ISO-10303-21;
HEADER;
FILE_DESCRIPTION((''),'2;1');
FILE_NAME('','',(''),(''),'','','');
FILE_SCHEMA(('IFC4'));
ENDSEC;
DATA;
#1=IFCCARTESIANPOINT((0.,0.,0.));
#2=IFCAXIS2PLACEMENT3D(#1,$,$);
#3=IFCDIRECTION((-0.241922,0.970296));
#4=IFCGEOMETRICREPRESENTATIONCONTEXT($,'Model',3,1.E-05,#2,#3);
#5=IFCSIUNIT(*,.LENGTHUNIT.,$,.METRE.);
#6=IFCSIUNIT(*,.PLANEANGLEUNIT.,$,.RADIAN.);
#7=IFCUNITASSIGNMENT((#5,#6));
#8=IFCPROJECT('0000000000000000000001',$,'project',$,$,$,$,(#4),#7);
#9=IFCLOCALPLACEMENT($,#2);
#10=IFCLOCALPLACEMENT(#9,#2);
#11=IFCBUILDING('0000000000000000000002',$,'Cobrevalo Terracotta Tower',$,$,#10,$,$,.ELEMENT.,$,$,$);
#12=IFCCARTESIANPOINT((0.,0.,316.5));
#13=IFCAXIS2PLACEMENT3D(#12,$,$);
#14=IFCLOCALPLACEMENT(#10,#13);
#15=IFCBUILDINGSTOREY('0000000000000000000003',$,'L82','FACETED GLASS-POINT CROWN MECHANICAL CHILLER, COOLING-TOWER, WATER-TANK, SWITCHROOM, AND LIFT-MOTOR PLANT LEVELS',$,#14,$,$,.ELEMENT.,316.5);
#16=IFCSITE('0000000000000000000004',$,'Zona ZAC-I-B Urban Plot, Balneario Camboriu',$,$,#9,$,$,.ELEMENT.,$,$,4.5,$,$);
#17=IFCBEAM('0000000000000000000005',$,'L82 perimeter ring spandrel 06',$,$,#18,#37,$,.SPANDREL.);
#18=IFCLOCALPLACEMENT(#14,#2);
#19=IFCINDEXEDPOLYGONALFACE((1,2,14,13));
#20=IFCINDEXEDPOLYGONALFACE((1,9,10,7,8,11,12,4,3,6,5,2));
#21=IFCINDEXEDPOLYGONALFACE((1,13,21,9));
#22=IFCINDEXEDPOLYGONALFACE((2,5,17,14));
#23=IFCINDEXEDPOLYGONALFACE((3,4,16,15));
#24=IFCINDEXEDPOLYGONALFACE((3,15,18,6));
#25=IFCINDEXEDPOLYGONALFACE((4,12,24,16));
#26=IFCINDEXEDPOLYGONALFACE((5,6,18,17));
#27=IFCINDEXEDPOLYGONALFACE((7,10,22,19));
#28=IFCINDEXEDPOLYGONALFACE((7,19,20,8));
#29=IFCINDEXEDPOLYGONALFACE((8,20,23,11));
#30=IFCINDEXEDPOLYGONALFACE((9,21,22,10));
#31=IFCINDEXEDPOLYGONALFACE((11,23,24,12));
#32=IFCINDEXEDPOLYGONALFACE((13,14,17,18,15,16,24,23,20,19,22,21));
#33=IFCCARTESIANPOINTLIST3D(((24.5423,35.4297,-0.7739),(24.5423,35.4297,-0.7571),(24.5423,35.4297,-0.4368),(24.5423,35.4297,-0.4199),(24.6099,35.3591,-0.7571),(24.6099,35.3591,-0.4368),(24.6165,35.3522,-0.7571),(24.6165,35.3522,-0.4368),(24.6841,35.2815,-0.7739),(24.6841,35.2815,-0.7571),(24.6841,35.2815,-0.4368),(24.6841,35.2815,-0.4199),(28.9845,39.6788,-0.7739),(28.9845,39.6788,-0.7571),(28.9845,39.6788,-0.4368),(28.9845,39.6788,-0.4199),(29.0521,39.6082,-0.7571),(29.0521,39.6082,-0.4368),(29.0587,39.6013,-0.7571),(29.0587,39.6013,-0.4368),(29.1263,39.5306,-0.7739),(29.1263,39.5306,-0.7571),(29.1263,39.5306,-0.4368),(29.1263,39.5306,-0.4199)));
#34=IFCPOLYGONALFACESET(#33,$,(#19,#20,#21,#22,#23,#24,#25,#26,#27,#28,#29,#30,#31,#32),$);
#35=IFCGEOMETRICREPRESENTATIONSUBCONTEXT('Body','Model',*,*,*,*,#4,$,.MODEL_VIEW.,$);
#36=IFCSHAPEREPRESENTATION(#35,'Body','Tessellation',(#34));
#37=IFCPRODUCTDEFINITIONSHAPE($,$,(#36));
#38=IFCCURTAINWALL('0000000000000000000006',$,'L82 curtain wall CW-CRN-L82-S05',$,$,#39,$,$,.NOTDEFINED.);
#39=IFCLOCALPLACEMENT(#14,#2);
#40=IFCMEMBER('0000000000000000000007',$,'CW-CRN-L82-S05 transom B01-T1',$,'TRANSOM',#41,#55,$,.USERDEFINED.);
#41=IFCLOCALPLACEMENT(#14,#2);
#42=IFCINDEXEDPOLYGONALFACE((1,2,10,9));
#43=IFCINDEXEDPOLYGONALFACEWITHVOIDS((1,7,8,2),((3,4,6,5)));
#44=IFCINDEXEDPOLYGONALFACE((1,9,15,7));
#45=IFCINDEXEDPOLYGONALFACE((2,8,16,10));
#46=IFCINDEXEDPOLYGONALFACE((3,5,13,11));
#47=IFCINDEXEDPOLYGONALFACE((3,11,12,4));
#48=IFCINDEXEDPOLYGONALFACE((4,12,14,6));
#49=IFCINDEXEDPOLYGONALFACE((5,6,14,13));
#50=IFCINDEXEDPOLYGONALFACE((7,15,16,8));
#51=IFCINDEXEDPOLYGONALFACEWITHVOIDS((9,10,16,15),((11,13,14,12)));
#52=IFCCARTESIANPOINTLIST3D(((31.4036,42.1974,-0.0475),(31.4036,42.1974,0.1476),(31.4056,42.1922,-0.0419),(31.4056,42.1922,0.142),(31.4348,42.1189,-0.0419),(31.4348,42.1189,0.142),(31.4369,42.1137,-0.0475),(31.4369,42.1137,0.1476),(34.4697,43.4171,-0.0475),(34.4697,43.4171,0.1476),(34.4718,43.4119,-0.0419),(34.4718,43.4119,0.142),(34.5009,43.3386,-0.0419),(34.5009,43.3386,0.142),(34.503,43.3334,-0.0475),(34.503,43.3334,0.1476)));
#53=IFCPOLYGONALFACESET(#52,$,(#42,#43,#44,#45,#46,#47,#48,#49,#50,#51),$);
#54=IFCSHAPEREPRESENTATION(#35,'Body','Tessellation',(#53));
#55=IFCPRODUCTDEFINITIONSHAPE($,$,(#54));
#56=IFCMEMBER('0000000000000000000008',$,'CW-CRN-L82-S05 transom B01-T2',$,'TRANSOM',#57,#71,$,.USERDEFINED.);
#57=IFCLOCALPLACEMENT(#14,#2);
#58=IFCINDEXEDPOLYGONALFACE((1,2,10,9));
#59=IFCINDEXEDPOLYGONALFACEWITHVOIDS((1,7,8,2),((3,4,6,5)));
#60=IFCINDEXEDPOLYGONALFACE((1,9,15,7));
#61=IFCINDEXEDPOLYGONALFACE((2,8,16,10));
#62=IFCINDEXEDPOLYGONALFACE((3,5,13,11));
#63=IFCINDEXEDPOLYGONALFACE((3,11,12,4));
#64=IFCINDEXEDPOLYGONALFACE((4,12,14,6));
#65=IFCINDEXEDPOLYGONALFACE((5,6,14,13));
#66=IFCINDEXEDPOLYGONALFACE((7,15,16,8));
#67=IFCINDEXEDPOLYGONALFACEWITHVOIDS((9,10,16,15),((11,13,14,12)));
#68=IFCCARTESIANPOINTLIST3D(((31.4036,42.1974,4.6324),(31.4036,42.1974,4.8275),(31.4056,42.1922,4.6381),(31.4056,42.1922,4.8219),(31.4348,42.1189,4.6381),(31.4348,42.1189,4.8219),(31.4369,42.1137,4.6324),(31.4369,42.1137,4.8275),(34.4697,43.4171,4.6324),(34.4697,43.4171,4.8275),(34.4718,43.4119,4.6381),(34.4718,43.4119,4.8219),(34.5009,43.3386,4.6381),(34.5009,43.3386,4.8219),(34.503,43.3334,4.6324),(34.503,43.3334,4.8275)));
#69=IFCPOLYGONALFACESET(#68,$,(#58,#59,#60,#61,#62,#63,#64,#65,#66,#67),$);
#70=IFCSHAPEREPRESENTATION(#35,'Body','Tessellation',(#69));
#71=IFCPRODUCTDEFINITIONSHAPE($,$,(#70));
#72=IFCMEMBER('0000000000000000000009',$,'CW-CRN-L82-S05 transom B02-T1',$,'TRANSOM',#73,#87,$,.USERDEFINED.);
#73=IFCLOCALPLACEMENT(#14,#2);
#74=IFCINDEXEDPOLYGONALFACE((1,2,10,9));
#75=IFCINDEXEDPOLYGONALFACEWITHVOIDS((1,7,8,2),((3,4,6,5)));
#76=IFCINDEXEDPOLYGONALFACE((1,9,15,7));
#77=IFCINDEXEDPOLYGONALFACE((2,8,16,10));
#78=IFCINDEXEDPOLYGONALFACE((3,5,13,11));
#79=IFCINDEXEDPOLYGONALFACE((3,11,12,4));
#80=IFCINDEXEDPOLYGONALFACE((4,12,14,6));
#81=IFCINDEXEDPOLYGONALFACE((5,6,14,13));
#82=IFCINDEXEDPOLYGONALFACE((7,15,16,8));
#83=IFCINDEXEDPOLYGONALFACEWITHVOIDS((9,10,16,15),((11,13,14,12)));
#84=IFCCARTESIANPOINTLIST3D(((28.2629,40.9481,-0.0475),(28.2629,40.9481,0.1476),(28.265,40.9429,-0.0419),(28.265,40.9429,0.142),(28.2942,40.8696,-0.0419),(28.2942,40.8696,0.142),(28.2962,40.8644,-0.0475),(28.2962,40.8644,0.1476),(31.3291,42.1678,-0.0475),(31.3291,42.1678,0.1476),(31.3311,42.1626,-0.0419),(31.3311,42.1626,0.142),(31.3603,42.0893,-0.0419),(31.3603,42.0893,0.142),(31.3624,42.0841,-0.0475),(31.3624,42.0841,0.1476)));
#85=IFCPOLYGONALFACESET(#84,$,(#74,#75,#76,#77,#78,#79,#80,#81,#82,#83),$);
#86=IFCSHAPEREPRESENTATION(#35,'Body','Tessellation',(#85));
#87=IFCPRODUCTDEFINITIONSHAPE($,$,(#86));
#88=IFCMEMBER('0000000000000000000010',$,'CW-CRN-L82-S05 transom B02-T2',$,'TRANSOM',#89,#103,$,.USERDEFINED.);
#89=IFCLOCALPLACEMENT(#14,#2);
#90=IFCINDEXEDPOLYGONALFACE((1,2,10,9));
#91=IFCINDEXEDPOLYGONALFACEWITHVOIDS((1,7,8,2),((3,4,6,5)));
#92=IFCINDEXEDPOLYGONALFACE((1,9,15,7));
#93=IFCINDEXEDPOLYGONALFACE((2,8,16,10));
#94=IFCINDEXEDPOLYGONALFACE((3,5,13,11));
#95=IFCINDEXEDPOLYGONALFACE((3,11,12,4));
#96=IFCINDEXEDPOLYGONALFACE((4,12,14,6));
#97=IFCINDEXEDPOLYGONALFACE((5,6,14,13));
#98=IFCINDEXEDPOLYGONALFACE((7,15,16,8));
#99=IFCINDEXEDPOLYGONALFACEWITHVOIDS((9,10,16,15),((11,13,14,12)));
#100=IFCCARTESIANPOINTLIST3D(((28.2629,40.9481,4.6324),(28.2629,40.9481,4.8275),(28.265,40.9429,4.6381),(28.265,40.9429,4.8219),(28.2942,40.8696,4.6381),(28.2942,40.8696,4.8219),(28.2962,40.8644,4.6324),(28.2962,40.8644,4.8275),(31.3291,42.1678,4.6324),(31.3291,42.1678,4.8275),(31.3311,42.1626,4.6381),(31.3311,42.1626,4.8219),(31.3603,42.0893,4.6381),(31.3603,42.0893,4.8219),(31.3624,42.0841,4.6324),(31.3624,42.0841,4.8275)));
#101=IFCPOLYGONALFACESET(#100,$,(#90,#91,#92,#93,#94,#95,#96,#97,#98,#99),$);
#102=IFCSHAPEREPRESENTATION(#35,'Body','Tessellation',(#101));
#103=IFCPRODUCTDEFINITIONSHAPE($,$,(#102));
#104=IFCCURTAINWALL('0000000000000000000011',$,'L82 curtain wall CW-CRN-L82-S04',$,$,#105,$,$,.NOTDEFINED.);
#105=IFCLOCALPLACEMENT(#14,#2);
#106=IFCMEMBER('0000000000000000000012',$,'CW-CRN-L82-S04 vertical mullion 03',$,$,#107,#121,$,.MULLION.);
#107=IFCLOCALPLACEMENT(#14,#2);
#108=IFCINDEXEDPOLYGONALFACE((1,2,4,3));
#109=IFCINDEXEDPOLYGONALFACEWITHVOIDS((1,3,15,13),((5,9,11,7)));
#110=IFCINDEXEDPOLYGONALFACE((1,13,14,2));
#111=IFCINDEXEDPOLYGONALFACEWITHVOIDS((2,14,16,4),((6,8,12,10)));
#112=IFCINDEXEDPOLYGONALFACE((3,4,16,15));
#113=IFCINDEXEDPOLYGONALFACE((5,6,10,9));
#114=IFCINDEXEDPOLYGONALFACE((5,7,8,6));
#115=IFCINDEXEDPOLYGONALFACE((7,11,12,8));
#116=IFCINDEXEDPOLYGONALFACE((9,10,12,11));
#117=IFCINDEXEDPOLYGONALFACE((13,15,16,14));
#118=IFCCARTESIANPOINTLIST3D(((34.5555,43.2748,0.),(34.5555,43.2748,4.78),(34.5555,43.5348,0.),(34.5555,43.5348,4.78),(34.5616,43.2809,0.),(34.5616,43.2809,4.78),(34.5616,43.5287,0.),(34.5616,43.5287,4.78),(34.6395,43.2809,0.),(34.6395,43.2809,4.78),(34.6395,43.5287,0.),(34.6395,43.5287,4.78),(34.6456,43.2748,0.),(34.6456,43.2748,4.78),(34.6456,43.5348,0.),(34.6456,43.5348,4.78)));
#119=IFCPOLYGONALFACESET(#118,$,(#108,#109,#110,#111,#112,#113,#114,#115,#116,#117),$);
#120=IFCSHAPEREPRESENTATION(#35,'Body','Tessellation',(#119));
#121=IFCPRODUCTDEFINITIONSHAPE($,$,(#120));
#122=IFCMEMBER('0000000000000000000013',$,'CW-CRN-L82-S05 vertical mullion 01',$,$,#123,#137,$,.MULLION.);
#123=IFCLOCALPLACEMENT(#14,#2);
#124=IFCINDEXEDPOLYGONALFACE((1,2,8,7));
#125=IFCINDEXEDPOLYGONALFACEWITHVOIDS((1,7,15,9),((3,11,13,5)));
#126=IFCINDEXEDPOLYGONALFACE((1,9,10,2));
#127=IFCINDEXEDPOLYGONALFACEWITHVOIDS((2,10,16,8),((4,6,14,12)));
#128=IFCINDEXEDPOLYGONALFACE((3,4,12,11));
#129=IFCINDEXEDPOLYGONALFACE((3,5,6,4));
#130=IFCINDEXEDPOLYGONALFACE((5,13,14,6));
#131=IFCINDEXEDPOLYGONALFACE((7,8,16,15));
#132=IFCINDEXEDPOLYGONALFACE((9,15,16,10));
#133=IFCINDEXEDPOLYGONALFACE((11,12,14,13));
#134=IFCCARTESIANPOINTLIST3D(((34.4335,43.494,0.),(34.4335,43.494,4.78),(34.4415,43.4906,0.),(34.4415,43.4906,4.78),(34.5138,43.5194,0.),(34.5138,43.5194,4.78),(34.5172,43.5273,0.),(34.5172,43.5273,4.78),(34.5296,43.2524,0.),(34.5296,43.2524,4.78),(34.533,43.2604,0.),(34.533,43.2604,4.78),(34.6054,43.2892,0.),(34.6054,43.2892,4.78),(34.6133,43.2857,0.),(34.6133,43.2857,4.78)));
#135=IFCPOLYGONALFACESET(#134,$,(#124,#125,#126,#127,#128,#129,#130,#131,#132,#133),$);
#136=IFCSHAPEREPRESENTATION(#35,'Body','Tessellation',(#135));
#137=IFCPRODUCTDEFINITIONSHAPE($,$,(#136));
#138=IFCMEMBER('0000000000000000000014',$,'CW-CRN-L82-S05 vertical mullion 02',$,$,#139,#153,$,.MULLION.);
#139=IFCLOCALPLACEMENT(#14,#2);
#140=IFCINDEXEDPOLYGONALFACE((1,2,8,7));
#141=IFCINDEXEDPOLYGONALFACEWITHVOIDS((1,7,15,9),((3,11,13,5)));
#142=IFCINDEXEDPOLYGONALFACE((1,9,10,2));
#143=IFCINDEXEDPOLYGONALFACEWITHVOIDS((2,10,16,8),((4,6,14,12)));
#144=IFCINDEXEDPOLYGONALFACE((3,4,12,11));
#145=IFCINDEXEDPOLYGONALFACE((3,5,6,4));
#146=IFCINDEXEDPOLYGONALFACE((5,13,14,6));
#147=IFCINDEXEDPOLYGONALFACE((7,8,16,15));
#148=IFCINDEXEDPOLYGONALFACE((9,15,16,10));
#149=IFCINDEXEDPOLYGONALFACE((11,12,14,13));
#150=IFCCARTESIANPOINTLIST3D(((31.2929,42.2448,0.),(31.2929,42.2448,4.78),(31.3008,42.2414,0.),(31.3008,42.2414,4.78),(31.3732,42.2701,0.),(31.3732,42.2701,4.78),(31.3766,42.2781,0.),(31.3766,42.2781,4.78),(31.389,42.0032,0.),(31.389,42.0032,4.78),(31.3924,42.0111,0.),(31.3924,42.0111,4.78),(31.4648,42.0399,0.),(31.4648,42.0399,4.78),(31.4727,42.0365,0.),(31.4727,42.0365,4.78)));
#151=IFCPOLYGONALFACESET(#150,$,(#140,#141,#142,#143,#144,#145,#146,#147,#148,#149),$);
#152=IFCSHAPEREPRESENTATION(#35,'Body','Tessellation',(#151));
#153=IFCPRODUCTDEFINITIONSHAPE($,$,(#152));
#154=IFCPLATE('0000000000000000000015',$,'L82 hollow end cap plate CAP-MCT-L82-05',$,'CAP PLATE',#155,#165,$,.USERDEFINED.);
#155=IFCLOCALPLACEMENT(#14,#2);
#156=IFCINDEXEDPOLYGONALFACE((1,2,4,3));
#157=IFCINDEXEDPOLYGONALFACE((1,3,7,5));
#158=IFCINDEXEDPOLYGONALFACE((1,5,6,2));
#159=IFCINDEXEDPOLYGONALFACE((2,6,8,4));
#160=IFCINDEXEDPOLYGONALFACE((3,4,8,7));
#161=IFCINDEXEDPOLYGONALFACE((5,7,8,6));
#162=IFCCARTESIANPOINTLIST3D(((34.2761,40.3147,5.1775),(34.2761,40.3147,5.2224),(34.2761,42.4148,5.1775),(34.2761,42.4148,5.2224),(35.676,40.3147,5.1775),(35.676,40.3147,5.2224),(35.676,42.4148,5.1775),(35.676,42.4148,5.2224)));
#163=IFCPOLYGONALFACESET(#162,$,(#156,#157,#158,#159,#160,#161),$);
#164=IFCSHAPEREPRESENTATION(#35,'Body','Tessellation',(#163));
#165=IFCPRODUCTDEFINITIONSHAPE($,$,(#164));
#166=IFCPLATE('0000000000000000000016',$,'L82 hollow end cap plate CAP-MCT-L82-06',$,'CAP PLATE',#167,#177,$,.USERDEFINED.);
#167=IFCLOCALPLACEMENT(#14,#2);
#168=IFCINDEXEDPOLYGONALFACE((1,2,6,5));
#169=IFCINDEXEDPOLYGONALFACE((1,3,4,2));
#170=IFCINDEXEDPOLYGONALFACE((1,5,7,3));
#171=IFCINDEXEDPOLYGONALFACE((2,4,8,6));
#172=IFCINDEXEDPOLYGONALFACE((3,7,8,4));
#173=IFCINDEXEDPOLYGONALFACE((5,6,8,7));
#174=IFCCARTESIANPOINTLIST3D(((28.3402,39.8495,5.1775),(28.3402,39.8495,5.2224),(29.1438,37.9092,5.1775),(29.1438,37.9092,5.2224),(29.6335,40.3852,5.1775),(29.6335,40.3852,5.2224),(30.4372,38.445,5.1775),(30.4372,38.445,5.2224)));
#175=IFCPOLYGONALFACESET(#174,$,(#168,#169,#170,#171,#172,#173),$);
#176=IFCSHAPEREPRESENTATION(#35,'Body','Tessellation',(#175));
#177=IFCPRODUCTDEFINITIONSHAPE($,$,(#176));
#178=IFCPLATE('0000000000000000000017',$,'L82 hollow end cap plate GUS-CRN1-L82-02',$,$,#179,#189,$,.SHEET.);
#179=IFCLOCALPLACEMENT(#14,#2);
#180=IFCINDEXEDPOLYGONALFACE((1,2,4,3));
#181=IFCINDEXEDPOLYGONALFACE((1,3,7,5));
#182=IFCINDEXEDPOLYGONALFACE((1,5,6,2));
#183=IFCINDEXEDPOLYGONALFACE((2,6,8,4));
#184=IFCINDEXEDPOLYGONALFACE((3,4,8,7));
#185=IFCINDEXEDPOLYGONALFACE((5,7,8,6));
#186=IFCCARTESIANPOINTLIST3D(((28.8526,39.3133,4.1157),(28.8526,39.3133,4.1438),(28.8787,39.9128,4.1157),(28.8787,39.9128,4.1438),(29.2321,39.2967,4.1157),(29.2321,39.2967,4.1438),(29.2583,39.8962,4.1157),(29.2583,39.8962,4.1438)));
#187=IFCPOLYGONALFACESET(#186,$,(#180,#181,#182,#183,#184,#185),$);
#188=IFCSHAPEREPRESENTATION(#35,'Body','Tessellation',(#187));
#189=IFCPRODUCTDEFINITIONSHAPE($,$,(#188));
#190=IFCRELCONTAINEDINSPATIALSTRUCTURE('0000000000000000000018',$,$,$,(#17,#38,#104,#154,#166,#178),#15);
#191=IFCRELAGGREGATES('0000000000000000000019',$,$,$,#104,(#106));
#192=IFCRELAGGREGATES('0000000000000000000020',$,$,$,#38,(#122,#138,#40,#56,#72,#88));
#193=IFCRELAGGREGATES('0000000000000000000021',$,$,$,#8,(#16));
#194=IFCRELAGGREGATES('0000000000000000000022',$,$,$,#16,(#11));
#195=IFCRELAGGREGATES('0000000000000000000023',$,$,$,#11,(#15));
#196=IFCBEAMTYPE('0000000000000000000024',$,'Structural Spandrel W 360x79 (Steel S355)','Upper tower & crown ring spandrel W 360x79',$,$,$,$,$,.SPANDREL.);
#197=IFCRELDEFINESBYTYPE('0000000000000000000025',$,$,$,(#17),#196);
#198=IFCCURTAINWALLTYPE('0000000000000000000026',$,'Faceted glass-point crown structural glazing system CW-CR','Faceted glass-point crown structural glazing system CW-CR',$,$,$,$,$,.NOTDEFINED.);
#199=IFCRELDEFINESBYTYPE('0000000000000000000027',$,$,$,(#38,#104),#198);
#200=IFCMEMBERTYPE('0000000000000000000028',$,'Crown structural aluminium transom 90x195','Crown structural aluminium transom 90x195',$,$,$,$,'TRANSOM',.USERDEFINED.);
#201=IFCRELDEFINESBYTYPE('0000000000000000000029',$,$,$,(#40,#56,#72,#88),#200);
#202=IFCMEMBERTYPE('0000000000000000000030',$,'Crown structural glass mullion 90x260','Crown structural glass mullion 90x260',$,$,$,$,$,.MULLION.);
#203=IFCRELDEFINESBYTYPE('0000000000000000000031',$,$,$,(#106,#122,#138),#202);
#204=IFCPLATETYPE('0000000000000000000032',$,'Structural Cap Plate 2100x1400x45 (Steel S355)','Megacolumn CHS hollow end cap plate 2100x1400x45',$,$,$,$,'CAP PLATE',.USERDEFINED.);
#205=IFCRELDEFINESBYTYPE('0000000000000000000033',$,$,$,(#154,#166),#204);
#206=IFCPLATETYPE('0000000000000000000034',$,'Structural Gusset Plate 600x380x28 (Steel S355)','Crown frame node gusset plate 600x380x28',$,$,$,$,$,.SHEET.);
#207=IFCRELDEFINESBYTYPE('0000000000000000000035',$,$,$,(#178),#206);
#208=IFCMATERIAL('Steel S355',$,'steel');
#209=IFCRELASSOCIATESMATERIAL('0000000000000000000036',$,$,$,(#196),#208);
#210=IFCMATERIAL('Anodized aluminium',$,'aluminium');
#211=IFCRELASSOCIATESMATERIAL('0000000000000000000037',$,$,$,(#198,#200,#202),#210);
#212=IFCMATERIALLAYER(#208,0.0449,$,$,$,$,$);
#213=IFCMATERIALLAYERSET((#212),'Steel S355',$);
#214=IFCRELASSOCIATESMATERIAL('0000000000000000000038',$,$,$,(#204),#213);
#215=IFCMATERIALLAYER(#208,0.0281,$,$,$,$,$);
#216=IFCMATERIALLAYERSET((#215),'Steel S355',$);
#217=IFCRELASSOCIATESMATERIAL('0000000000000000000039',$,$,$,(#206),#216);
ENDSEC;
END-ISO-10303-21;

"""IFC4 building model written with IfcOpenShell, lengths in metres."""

from ifc_helpers import new_model, si_unit, direction, frame, origin, origin_2d, place, context, subcontext, project, spatial, rectangle, hollow_rectangle, i_section, extrude, source, transform, mapped, material, layer, layer_set, material_profile, profile_set, type_object, element, aggregate, save


model = new_model("IFC4")

# Units and contexts
model_context = context("Model", 3, precision=1e-05, world=origin(), true_north=direction((-0.241922, 0.970296)))
body_context = subcontext(model_context, "Body", "Model", "MODEL_VIEW")
ifc_project = project(units=[si_unit("LENGTHUNIT", "METRE"), si_unit("PLANEANGLEUNIT", "RADIAN")], contexts=[model_context])

# Site, building, storey
site_placement = place(None, origin())
site = spatial("IfcSite", under=ifc_project, at=site_placement, Name="Zona ZAC-I-B Urban Plot, Balneario Camboriu", CompositionType="ELEMENT", RefElevation=4.5)
building_placement = place(site_placement, origin())
building = spatial("IfcBuilding", under=site, at=building_placement, Name="Cobrevalo Terracotta Tower", CompositionType="ELEMENT")
storey_placement = place(building_placement, frame((0.0, 0.0, 316.5)))
storey = spatial("IfcBuildingStorey", under=building, at=storey_placement, Name="L82", Description="FACETED GLASS-POINT CROWN MECHANICAL CHILLER, COOLING-TOWER, WATER-TANK, SWITCHROOM, AND LIFT-MOTOR PLANT LEVELS", CompositionType="ELEMENT", Elevation=316.5)

# Shared definitions
ifc_material_1 = material(Name="Steel S355", Category="steel")

# Beam
ifc_material_profile_1 = material_profile(ifc_material_1, i_section(OverallWidth=0.2051, OverallDepth=0.354, WebThickness=0.0095, FlangeThickness=0.0168, at=origin_2d()), Name="W 360x79")
ifc_profile_set_1 = profile_set([ifc_material_profile_1], Name="Steel S355")
beam_type_1 = type_object("IfcBeamType", Name="Structural Spandrel W 360x79 (Steel S355)", Description="Upper tower & crown ring spandrel W 360x79", PredefinedType="SPANDREL", material=ifc_profile_set_1)
beam_1_placement = place(storey_placement, frame((29.0554, 39.6047, -0.5969), z_axis=(-0.72264, -0.691224, 0.0), x_axis=(0.691224, -0.72264, 0.0)))
element("IfcBeam", 1, at=beam_1_placement, inside=storey, type_object=beam_type_1, Name="L82 perimeter ring spandrel 06", PredefinedType="SPANDREL", context=body_context, shape_type="SweptSolid", body=[
    extrude(i_section(OverallWidth=0.2051, OverallDepth=0.354, WebThickness=0.0095, FlangeThickness=0.0168, at=origin_2d()), origin(), (0.0, 0.0, 1.0), 6.1472),
])

# Curtain wall, members
ifc_material_2 = material(Name="Anodized aluminium", Category="aluminium")
curtain_wall_type = type_object("IfcCurtainWallType", Name="Faceted glass-point crown structural glazing system CW-CR", Description="Faceted glass-point crown structural glazing system CW-CR", PredefinedType="NOTDEFINED", material=ifc_material_2)
curtain_wall_1_placement = place(storey_placement, origin())
curtain_wall_1 = element("IfcCurtainWall", 2, at=curtain_wall_1_placement, inside=storey, type_object=curtain_wall_type, Name="L82 curtain wall CW-CRN-L82-S05", PredefinedType="NOTDEFINED")
ifc_material_profile_2 = material_profile(ifc_material_2, hollow_rectangle(XDim=0.0901, YDim=0.1951, WallThickness=0.0056, at=origin_2d()), Name="CWT 90x195")
ifc_profile_set_2 = profile_set([ifc_material_profile_2], Name="Anodized aluminium")
member_type_1 = type_object("IfcMemberType", Name="Crown structural aluminium transom 90x195", Description="Crown structural aluminium transom 90x195", ElementType="TRANSOM", PredefinedType="USERDEFINED", material=ifc_profile_set_2)
shared_shape_1 = source(origin(), body_context, "Body", "SweptSolid", [
    extrude(hollow_rectangle(XDim=0.0901, YDim=0.1951, WallThickness=0.0056, at=origin_2d()), origin(), (0.0, 0.0, 1.0), 3.2998),
])
member_1_placement = place(storey_placement, frame((34.4863, 43.3752, 0.05), z_axis=(-0.929179, -0.36963, 0.0), x_axis=(0.36963, -0.929179, 0.0)))
member_1 = element("IfcMember", 3, at=member_1_placement, type_object=member_type_1, Name="CW-CRN-L82-S05 transom B01-T1", ObjectType="TRANSOM", PredefinedType="USERDEFINED", context=body_context, shape_type="MappedRepresentation", body=[
    mapped(shared_shape_1, transform((0.0, 0.0, 0.0), scale=1.0)),
])
member_2_placement = place(storey_placement, frame((34.4863, 43.3752, 4.73), z_axis=(-0.929179, -0.36963, 0.0), x_axis=(0.36963, -0.929179, 0.0)))
member_2 = element("IfcMember", 4, at=member_2_placement, type_object=member_type_1, Name="CW-CRN-L82-S05 transom B01-T2", ObjectType="TRANSOM", PredefinedType="USERDEFINED", context=body_context, shape_type="MappedRepresentation", body=[
    mapped(shared_shape_1, transform((0.0, 0.0, 0.0), scale=1.0)),
])
member_3_placement = place(storey_placement, frame((31.3457, 42.126, 0.05), z_axis=(-0.929179, -0.36963, 0.0), x_axis=(0.36963, -0.929179, 0.0)))
member_3 = element("IfcMember", 5, at=member_3_placement, type_object=member_type_1, Name="CW-CRN-L82-S05 transom B02-T1", ObjectType="TRANSOM", PredefinedType="USERDEFINED", context=body_context, shape_type="MappedRepresentation", body=[
    mapped(shared_shape_1, transform((0.0, 0.0, 0.0), scale=1.0)),
])
member_4_placement = place(storey_placement, frame((31.3457, 42.126, 4.73), z_axis=(-0.929179, -0.36963, 0.0), x_axis=(0.36963, -0.929179, 0.0)))
member_4 = element("IfcMember", 6, at=member_4_placement, type_object=member_type_1, Name="CW-CRN-L82-S05 transom B02-T2", ObjectType="TRANSOM", PredefinedType="USERDEFINED", context=body_context, shape_type="MappedRepresentation", body=[
    mapped(shared_shape_1, transform((0.0, 0.0, 0.0), scale=1.0)),
])

# Curtain wall, member
curtain_wall_2_placement = place(storey_placement, origin())
curtain_wall_2 = element("IfcCurtainWall", 7, at=curtain_wall_2_placement, inside=storey, type_object=curtain_wall_type, Name="L82 curtain wall CW-CRN-L82-S04", PredefinedType="NOTDEFINED")
ifc_material_profile_3 = material_profile(ifc_material_2, hollow_rectangle(XDim=0.0901, YDim=0.26, WallThickness=0.0061, at=origin_2d()), Name="CWM 90x260")
ifc_profile_set_3 = profile_set([ifc_material_profile_3], Name="Anodized aluminium")
member_type_2 = type_object("IfcMemberType", Name="Crown structural glass mullion 90x260", Description="Crown structural glass mullion 90x260", PredefinedType="MULLION", material=ifc_profile_set_3)
shared_shape_2 = source(origin(), body_context, "Body", "SweptSolid", [
    extrude(hollow_rectangle(XDim=0.0901, YDim=0.26, WallThickness=0.0061, at=origin_2d()), origin(), (0.0, 0.0, 1.0), 4.78),
])
member_5_placement = place(storey_placement, frame((34.6006, 43.4048, 0.0), z_axis=(0.0, 0.0, 1.0), x_axis=(-1.0, 0.0, 0.0)))
member_5 = element("IfcMember", 8, at=member_5_placement, type_object=member_type_2, Name="CW-CRN-L82-S04 vertical mullion 03", PredefinedType="MULLION", context=body_context, shape_type="MappedRepresentation", body=[
    mapped(shared_shape_2, transform((0.0, 0.0, 0.0), scale=1.0)),
])
aggregate(curtain_wall_2, [member_5])

# Members
member_6_placement = place(storey_placement, frame((34.5234, 43.3899, 0.0), z_axis=(0.0, 0.0, 1.0), x_axis=(-0.929191, -0.369601, 0.0)))
member_6 = element("IfcMember", 9, at=member_6_placement, type_object=member_type_2, Name="CW-CRN-L82-S05 vertical mullion 01", PredefinedType="MULLION", context=body_context, shape_type="MappedRepresentation", body=[
    mapped(shared_shape_2, transform((0.0, 0.0, 0.0), scale=1.0)),
])
member_7_placement = place(storey_placement, frame((31.3828, 42.1406, 0.0), z_axis=(0.0, 0.0, 1.0), x_axis=(-0.929191, -0.369601, 0.0)))
member_7 = element("IfcMember", 10, at=member_7_placement, type_object=member_type_2, Name="CW-CRN-L82-S05 vertical mullion 02", PredefinedType="MULLION", context=body_context, shape_type="MappedRepresentation", body=[
    mapped(shared_shape_2, transform((0.0, 0.0, 0.0), scale=1.0)),
])

# Plates
ifc_layer_1 = layer(ifc_material_1, 0.0449)
ifc_layer_set_1 = layer_set([ifc_layer_1], Name="Steel S355")
plate_type_1 = type_object("IfcPlateType", Name="Structural Cap Plate 2100x1400x45 (Steel S355)", Description="Megacolumn CHS hollow end cap plate 2100x1400x45", ElementType="CAP PLATE", PredefinedType="USERDEFINED", material=ifc_layer_set_1)
shared_shape_3 = source(origin(), body_context, "Body", "SweptSolid", [
    extrude(rectangle(XDim=2.1001, YDim=1.3999, at=origin_2d()), origin(), (0.0, 0.0, 1.0), 0.0449),
])
for number, where, z_axis, x_axis, name in (
    (11, (34.9761, 41.3647, 5.1775), (0.0, 0.0, 1.0), (0.0, 1.0, 0.0), "L82 hollow end cap plate CAP-MCT-L82-05"),
    (12, (29.3887, 39.1472, 5.1775), (0.0, 0.0, 1.0), (-0.382683, 0.92388, 0.0), "L82 hollow end cap plate CAP-MCT-L82-06"),
):
    element("IfcPlate", number, at=place(storey_placement, frame(where, z_axis=z_axis, x_axis=x_axis)), inside=storey, type_object=plate_type_1, Name=name, ObjectType="CAP PLATE", PredefinedType="USERDEFINED", context=body_context, shape_type="MappedRepresentation", body=[
        mapped(shared_shape_3, transform((0.0, 0.0, 0.0), scale=1.0)),
    ])
ifc_layer_2 = layer(ifc_material_1, 0.0281)
ifc_layer_set_2 = layer_set([ifc_layer_2], Name="Steel S355")
plate_type_2 = type_object("IfcPlateType", Name="Structural Gusset Plate 600x380x28 (Steel S355)", Description="Crown frame node gusset plate 600x380x28", PredefinedType="SHEET", material=ifc_layer_set_2)
shared_shape_4 = source(origin(), body_context, "Body", "SweptSolid", [
    extrude(rectangle(XDim=0.6001, YDim=0.3799, at=origin_2d()), origin(), (0.0, 0.0, 1.0), 0.0281),
])
plate_1_placement = place(storey_placement, frame((29.0554, 39.6047, 4.1157), z_axis=(0.0, 0.0, 1.0), x_axis=(0.0436, 0.999049, 0.0)))
element("IfcPlate", 13, at=plate_1_placement, inside=storey, type_object=plate_type_2, Name="L82 hollow end cap plate GUS-CRN1-L82-02", PredefinedType="SHEET", context=body_context, shape_type="MappedRepresentation", body=[
    mapped(shared_shape_4, transform((0.0, 0.0, 0.0), scale=1.0)),
])

aggregate(curtain_wall_1, [member_6, member_7, member_1, member_2, member_3, member_4])

save(model, "model.ifc")
